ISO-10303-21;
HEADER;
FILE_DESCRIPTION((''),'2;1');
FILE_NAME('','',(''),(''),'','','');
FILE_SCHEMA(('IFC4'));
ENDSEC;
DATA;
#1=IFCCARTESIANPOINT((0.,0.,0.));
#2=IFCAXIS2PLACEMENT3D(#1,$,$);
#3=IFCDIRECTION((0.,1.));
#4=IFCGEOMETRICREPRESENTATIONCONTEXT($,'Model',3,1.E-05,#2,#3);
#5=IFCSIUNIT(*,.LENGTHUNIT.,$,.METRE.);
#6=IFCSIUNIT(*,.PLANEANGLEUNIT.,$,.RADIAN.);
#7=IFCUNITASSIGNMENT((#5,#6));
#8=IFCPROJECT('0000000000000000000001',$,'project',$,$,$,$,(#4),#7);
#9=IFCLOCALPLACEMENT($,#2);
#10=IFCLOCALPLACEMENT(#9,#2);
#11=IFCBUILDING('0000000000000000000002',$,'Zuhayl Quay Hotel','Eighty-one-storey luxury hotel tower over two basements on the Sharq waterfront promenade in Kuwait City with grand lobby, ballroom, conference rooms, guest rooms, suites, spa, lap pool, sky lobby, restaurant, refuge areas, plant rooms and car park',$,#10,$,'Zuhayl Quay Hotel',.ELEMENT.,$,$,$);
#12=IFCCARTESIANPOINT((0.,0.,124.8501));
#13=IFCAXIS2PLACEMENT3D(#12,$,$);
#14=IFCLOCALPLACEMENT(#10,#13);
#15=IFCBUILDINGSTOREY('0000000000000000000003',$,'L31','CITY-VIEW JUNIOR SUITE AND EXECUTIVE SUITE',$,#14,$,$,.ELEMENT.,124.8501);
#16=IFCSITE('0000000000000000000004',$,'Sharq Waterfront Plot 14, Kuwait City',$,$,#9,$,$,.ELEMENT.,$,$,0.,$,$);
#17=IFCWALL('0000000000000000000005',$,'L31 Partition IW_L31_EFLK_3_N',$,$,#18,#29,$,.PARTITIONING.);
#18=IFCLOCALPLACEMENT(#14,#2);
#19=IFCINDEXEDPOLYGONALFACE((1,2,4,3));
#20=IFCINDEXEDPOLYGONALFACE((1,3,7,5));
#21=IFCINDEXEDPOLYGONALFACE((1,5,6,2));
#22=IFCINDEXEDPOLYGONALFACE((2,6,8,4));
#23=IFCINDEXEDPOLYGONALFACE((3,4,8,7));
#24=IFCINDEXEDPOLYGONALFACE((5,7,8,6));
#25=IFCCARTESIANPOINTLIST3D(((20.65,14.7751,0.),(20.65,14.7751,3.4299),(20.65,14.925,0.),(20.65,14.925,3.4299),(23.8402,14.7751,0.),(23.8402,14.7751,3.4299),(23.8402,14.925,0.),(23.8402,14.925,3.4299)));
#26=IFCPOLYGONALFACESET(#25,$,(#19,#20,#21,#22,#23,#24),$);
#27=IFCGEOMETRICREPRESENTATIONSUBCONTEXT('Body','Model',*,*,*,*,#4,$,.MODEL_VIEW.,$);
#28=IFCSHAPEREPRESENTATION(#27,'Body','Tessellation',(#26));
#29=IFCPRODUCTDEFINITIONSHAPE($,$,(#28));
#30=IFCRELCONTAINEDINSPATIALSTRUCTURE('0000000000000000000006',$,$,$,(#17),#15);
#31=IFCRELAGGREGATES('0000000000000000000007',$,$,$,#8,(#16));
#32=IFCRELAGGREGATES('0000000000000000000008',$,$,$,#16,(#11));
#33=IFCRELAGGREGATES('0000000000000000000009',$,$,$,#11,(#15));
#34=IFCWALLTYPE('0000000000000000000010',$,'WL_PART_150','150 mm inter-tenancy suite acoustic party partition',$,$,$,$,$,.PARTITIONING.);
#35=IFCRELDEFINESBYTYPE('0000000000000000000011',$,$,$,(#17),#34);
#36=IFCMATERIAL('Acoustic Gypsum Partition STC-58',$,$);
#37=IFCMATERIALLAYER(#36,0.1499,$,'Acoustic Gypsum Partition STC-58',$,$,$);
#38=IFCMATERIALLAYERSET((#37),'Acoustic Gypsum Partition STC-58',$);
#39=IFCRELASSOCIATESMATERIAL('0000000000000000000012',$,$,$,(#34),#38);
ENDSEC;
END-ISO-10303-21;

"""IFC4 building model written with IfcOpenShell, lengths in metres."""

from ifc_helpers import new_model, si_unit, direction, frame, frame_2d, origin, place, context, subcontext, project, spatial, rectangle, extrude, material, layer, layer_set, type_object, element, save


model = new_model("IFC4")

# Units and contexts
model_context = context("Model", 3, precision=1e-05, world=origin(), true_north=direction((0.0, 1.0)))
body_context = subcontext(model_context, "Body", "Model", "MODEL_VIEW")
ifc_project = project(units=[si_unit("LENGTHUNIT", "METRE"), si_unit("PLANEANGLEUNIT", "RADIAN")], contexts=[model_context])

# Site, building, storey
site_placement = place(None, origin())
site = spatial("IfcSite", under=ifc_project, at=site_placement, Name="Sharq Waterfront Plot 14, Kuwait City", CompositionType="ELEMENT", RefElevation=0.0)
building_placement = place(site_placement, origin())
building = spatial("IfcBuilding", under=site, at=building_placement, Name="Zuhayl Quay Hotel", Description="Eighty-one-storey luxury hotel tower over two basements on the Sharq waterfront promenade in Kuwait City with grand lobby, ballroom, conference rooms, guest rooms, suites, spa, lap pool, sky lobby, restaurant, refuge areas, plant rooms and car park", LongName="Zuhayl Quay Hotel", CompositionType="ELEMENT")
storey_placement = place(building_placement, frame((0.0, 0.0, 124.8501)))
storey = spatial("IfcBuildingStorey", under=building, at=storey_placement, Name="L31", Description="CITY-VIEW JUNIOR SUITE AND EXECUTIVE SUITE", CompositionType="ELEMENT", Elevation=124.8501)

# Wall
ifc_material_1 = material(Name="Acoustic Gypsum Partition STC-58")
ifc_layer_1 = layer(ifc_material_1, 0.1499, Name="Acoustic Gypsum Partition STC-58")
ifc_layer_set_1 = layer_set([ifc_layer_1], Name="Acoustic Gypsum Partition STC-58")
wall_type_1 = type_object("IfcWallType", Name="WL_PART_150", Description="150 mm inter-tenancy suite acoustic party partition", PredefinedType="PARTITIONING", material=ifc_layer_set_1)
wall_1_placement = place(storey_placement, frame((20.6499, 14.8501, 0.0), z_axis=(0.0, 0.0, 1.0), x_axis=(1.0, 0.0, 0.0)))
element("IfcWall", 1, at=wall_1_placement, inside=storey, type_object=wall_type_1, Name="L31 Partition IW_L31_EFLK_3_N", PredefinedType="PARTITIONING", context=body_context, shape_type="SweptSolid", body=[
    extrude(rectangle(XDim=3.1902, YDim=0.1499, at=frame_2d((1.5952, 0.0))), origin(), (0.0, 0.0, 1.0), 3.4299),
])

save(model, "model.ifc")
